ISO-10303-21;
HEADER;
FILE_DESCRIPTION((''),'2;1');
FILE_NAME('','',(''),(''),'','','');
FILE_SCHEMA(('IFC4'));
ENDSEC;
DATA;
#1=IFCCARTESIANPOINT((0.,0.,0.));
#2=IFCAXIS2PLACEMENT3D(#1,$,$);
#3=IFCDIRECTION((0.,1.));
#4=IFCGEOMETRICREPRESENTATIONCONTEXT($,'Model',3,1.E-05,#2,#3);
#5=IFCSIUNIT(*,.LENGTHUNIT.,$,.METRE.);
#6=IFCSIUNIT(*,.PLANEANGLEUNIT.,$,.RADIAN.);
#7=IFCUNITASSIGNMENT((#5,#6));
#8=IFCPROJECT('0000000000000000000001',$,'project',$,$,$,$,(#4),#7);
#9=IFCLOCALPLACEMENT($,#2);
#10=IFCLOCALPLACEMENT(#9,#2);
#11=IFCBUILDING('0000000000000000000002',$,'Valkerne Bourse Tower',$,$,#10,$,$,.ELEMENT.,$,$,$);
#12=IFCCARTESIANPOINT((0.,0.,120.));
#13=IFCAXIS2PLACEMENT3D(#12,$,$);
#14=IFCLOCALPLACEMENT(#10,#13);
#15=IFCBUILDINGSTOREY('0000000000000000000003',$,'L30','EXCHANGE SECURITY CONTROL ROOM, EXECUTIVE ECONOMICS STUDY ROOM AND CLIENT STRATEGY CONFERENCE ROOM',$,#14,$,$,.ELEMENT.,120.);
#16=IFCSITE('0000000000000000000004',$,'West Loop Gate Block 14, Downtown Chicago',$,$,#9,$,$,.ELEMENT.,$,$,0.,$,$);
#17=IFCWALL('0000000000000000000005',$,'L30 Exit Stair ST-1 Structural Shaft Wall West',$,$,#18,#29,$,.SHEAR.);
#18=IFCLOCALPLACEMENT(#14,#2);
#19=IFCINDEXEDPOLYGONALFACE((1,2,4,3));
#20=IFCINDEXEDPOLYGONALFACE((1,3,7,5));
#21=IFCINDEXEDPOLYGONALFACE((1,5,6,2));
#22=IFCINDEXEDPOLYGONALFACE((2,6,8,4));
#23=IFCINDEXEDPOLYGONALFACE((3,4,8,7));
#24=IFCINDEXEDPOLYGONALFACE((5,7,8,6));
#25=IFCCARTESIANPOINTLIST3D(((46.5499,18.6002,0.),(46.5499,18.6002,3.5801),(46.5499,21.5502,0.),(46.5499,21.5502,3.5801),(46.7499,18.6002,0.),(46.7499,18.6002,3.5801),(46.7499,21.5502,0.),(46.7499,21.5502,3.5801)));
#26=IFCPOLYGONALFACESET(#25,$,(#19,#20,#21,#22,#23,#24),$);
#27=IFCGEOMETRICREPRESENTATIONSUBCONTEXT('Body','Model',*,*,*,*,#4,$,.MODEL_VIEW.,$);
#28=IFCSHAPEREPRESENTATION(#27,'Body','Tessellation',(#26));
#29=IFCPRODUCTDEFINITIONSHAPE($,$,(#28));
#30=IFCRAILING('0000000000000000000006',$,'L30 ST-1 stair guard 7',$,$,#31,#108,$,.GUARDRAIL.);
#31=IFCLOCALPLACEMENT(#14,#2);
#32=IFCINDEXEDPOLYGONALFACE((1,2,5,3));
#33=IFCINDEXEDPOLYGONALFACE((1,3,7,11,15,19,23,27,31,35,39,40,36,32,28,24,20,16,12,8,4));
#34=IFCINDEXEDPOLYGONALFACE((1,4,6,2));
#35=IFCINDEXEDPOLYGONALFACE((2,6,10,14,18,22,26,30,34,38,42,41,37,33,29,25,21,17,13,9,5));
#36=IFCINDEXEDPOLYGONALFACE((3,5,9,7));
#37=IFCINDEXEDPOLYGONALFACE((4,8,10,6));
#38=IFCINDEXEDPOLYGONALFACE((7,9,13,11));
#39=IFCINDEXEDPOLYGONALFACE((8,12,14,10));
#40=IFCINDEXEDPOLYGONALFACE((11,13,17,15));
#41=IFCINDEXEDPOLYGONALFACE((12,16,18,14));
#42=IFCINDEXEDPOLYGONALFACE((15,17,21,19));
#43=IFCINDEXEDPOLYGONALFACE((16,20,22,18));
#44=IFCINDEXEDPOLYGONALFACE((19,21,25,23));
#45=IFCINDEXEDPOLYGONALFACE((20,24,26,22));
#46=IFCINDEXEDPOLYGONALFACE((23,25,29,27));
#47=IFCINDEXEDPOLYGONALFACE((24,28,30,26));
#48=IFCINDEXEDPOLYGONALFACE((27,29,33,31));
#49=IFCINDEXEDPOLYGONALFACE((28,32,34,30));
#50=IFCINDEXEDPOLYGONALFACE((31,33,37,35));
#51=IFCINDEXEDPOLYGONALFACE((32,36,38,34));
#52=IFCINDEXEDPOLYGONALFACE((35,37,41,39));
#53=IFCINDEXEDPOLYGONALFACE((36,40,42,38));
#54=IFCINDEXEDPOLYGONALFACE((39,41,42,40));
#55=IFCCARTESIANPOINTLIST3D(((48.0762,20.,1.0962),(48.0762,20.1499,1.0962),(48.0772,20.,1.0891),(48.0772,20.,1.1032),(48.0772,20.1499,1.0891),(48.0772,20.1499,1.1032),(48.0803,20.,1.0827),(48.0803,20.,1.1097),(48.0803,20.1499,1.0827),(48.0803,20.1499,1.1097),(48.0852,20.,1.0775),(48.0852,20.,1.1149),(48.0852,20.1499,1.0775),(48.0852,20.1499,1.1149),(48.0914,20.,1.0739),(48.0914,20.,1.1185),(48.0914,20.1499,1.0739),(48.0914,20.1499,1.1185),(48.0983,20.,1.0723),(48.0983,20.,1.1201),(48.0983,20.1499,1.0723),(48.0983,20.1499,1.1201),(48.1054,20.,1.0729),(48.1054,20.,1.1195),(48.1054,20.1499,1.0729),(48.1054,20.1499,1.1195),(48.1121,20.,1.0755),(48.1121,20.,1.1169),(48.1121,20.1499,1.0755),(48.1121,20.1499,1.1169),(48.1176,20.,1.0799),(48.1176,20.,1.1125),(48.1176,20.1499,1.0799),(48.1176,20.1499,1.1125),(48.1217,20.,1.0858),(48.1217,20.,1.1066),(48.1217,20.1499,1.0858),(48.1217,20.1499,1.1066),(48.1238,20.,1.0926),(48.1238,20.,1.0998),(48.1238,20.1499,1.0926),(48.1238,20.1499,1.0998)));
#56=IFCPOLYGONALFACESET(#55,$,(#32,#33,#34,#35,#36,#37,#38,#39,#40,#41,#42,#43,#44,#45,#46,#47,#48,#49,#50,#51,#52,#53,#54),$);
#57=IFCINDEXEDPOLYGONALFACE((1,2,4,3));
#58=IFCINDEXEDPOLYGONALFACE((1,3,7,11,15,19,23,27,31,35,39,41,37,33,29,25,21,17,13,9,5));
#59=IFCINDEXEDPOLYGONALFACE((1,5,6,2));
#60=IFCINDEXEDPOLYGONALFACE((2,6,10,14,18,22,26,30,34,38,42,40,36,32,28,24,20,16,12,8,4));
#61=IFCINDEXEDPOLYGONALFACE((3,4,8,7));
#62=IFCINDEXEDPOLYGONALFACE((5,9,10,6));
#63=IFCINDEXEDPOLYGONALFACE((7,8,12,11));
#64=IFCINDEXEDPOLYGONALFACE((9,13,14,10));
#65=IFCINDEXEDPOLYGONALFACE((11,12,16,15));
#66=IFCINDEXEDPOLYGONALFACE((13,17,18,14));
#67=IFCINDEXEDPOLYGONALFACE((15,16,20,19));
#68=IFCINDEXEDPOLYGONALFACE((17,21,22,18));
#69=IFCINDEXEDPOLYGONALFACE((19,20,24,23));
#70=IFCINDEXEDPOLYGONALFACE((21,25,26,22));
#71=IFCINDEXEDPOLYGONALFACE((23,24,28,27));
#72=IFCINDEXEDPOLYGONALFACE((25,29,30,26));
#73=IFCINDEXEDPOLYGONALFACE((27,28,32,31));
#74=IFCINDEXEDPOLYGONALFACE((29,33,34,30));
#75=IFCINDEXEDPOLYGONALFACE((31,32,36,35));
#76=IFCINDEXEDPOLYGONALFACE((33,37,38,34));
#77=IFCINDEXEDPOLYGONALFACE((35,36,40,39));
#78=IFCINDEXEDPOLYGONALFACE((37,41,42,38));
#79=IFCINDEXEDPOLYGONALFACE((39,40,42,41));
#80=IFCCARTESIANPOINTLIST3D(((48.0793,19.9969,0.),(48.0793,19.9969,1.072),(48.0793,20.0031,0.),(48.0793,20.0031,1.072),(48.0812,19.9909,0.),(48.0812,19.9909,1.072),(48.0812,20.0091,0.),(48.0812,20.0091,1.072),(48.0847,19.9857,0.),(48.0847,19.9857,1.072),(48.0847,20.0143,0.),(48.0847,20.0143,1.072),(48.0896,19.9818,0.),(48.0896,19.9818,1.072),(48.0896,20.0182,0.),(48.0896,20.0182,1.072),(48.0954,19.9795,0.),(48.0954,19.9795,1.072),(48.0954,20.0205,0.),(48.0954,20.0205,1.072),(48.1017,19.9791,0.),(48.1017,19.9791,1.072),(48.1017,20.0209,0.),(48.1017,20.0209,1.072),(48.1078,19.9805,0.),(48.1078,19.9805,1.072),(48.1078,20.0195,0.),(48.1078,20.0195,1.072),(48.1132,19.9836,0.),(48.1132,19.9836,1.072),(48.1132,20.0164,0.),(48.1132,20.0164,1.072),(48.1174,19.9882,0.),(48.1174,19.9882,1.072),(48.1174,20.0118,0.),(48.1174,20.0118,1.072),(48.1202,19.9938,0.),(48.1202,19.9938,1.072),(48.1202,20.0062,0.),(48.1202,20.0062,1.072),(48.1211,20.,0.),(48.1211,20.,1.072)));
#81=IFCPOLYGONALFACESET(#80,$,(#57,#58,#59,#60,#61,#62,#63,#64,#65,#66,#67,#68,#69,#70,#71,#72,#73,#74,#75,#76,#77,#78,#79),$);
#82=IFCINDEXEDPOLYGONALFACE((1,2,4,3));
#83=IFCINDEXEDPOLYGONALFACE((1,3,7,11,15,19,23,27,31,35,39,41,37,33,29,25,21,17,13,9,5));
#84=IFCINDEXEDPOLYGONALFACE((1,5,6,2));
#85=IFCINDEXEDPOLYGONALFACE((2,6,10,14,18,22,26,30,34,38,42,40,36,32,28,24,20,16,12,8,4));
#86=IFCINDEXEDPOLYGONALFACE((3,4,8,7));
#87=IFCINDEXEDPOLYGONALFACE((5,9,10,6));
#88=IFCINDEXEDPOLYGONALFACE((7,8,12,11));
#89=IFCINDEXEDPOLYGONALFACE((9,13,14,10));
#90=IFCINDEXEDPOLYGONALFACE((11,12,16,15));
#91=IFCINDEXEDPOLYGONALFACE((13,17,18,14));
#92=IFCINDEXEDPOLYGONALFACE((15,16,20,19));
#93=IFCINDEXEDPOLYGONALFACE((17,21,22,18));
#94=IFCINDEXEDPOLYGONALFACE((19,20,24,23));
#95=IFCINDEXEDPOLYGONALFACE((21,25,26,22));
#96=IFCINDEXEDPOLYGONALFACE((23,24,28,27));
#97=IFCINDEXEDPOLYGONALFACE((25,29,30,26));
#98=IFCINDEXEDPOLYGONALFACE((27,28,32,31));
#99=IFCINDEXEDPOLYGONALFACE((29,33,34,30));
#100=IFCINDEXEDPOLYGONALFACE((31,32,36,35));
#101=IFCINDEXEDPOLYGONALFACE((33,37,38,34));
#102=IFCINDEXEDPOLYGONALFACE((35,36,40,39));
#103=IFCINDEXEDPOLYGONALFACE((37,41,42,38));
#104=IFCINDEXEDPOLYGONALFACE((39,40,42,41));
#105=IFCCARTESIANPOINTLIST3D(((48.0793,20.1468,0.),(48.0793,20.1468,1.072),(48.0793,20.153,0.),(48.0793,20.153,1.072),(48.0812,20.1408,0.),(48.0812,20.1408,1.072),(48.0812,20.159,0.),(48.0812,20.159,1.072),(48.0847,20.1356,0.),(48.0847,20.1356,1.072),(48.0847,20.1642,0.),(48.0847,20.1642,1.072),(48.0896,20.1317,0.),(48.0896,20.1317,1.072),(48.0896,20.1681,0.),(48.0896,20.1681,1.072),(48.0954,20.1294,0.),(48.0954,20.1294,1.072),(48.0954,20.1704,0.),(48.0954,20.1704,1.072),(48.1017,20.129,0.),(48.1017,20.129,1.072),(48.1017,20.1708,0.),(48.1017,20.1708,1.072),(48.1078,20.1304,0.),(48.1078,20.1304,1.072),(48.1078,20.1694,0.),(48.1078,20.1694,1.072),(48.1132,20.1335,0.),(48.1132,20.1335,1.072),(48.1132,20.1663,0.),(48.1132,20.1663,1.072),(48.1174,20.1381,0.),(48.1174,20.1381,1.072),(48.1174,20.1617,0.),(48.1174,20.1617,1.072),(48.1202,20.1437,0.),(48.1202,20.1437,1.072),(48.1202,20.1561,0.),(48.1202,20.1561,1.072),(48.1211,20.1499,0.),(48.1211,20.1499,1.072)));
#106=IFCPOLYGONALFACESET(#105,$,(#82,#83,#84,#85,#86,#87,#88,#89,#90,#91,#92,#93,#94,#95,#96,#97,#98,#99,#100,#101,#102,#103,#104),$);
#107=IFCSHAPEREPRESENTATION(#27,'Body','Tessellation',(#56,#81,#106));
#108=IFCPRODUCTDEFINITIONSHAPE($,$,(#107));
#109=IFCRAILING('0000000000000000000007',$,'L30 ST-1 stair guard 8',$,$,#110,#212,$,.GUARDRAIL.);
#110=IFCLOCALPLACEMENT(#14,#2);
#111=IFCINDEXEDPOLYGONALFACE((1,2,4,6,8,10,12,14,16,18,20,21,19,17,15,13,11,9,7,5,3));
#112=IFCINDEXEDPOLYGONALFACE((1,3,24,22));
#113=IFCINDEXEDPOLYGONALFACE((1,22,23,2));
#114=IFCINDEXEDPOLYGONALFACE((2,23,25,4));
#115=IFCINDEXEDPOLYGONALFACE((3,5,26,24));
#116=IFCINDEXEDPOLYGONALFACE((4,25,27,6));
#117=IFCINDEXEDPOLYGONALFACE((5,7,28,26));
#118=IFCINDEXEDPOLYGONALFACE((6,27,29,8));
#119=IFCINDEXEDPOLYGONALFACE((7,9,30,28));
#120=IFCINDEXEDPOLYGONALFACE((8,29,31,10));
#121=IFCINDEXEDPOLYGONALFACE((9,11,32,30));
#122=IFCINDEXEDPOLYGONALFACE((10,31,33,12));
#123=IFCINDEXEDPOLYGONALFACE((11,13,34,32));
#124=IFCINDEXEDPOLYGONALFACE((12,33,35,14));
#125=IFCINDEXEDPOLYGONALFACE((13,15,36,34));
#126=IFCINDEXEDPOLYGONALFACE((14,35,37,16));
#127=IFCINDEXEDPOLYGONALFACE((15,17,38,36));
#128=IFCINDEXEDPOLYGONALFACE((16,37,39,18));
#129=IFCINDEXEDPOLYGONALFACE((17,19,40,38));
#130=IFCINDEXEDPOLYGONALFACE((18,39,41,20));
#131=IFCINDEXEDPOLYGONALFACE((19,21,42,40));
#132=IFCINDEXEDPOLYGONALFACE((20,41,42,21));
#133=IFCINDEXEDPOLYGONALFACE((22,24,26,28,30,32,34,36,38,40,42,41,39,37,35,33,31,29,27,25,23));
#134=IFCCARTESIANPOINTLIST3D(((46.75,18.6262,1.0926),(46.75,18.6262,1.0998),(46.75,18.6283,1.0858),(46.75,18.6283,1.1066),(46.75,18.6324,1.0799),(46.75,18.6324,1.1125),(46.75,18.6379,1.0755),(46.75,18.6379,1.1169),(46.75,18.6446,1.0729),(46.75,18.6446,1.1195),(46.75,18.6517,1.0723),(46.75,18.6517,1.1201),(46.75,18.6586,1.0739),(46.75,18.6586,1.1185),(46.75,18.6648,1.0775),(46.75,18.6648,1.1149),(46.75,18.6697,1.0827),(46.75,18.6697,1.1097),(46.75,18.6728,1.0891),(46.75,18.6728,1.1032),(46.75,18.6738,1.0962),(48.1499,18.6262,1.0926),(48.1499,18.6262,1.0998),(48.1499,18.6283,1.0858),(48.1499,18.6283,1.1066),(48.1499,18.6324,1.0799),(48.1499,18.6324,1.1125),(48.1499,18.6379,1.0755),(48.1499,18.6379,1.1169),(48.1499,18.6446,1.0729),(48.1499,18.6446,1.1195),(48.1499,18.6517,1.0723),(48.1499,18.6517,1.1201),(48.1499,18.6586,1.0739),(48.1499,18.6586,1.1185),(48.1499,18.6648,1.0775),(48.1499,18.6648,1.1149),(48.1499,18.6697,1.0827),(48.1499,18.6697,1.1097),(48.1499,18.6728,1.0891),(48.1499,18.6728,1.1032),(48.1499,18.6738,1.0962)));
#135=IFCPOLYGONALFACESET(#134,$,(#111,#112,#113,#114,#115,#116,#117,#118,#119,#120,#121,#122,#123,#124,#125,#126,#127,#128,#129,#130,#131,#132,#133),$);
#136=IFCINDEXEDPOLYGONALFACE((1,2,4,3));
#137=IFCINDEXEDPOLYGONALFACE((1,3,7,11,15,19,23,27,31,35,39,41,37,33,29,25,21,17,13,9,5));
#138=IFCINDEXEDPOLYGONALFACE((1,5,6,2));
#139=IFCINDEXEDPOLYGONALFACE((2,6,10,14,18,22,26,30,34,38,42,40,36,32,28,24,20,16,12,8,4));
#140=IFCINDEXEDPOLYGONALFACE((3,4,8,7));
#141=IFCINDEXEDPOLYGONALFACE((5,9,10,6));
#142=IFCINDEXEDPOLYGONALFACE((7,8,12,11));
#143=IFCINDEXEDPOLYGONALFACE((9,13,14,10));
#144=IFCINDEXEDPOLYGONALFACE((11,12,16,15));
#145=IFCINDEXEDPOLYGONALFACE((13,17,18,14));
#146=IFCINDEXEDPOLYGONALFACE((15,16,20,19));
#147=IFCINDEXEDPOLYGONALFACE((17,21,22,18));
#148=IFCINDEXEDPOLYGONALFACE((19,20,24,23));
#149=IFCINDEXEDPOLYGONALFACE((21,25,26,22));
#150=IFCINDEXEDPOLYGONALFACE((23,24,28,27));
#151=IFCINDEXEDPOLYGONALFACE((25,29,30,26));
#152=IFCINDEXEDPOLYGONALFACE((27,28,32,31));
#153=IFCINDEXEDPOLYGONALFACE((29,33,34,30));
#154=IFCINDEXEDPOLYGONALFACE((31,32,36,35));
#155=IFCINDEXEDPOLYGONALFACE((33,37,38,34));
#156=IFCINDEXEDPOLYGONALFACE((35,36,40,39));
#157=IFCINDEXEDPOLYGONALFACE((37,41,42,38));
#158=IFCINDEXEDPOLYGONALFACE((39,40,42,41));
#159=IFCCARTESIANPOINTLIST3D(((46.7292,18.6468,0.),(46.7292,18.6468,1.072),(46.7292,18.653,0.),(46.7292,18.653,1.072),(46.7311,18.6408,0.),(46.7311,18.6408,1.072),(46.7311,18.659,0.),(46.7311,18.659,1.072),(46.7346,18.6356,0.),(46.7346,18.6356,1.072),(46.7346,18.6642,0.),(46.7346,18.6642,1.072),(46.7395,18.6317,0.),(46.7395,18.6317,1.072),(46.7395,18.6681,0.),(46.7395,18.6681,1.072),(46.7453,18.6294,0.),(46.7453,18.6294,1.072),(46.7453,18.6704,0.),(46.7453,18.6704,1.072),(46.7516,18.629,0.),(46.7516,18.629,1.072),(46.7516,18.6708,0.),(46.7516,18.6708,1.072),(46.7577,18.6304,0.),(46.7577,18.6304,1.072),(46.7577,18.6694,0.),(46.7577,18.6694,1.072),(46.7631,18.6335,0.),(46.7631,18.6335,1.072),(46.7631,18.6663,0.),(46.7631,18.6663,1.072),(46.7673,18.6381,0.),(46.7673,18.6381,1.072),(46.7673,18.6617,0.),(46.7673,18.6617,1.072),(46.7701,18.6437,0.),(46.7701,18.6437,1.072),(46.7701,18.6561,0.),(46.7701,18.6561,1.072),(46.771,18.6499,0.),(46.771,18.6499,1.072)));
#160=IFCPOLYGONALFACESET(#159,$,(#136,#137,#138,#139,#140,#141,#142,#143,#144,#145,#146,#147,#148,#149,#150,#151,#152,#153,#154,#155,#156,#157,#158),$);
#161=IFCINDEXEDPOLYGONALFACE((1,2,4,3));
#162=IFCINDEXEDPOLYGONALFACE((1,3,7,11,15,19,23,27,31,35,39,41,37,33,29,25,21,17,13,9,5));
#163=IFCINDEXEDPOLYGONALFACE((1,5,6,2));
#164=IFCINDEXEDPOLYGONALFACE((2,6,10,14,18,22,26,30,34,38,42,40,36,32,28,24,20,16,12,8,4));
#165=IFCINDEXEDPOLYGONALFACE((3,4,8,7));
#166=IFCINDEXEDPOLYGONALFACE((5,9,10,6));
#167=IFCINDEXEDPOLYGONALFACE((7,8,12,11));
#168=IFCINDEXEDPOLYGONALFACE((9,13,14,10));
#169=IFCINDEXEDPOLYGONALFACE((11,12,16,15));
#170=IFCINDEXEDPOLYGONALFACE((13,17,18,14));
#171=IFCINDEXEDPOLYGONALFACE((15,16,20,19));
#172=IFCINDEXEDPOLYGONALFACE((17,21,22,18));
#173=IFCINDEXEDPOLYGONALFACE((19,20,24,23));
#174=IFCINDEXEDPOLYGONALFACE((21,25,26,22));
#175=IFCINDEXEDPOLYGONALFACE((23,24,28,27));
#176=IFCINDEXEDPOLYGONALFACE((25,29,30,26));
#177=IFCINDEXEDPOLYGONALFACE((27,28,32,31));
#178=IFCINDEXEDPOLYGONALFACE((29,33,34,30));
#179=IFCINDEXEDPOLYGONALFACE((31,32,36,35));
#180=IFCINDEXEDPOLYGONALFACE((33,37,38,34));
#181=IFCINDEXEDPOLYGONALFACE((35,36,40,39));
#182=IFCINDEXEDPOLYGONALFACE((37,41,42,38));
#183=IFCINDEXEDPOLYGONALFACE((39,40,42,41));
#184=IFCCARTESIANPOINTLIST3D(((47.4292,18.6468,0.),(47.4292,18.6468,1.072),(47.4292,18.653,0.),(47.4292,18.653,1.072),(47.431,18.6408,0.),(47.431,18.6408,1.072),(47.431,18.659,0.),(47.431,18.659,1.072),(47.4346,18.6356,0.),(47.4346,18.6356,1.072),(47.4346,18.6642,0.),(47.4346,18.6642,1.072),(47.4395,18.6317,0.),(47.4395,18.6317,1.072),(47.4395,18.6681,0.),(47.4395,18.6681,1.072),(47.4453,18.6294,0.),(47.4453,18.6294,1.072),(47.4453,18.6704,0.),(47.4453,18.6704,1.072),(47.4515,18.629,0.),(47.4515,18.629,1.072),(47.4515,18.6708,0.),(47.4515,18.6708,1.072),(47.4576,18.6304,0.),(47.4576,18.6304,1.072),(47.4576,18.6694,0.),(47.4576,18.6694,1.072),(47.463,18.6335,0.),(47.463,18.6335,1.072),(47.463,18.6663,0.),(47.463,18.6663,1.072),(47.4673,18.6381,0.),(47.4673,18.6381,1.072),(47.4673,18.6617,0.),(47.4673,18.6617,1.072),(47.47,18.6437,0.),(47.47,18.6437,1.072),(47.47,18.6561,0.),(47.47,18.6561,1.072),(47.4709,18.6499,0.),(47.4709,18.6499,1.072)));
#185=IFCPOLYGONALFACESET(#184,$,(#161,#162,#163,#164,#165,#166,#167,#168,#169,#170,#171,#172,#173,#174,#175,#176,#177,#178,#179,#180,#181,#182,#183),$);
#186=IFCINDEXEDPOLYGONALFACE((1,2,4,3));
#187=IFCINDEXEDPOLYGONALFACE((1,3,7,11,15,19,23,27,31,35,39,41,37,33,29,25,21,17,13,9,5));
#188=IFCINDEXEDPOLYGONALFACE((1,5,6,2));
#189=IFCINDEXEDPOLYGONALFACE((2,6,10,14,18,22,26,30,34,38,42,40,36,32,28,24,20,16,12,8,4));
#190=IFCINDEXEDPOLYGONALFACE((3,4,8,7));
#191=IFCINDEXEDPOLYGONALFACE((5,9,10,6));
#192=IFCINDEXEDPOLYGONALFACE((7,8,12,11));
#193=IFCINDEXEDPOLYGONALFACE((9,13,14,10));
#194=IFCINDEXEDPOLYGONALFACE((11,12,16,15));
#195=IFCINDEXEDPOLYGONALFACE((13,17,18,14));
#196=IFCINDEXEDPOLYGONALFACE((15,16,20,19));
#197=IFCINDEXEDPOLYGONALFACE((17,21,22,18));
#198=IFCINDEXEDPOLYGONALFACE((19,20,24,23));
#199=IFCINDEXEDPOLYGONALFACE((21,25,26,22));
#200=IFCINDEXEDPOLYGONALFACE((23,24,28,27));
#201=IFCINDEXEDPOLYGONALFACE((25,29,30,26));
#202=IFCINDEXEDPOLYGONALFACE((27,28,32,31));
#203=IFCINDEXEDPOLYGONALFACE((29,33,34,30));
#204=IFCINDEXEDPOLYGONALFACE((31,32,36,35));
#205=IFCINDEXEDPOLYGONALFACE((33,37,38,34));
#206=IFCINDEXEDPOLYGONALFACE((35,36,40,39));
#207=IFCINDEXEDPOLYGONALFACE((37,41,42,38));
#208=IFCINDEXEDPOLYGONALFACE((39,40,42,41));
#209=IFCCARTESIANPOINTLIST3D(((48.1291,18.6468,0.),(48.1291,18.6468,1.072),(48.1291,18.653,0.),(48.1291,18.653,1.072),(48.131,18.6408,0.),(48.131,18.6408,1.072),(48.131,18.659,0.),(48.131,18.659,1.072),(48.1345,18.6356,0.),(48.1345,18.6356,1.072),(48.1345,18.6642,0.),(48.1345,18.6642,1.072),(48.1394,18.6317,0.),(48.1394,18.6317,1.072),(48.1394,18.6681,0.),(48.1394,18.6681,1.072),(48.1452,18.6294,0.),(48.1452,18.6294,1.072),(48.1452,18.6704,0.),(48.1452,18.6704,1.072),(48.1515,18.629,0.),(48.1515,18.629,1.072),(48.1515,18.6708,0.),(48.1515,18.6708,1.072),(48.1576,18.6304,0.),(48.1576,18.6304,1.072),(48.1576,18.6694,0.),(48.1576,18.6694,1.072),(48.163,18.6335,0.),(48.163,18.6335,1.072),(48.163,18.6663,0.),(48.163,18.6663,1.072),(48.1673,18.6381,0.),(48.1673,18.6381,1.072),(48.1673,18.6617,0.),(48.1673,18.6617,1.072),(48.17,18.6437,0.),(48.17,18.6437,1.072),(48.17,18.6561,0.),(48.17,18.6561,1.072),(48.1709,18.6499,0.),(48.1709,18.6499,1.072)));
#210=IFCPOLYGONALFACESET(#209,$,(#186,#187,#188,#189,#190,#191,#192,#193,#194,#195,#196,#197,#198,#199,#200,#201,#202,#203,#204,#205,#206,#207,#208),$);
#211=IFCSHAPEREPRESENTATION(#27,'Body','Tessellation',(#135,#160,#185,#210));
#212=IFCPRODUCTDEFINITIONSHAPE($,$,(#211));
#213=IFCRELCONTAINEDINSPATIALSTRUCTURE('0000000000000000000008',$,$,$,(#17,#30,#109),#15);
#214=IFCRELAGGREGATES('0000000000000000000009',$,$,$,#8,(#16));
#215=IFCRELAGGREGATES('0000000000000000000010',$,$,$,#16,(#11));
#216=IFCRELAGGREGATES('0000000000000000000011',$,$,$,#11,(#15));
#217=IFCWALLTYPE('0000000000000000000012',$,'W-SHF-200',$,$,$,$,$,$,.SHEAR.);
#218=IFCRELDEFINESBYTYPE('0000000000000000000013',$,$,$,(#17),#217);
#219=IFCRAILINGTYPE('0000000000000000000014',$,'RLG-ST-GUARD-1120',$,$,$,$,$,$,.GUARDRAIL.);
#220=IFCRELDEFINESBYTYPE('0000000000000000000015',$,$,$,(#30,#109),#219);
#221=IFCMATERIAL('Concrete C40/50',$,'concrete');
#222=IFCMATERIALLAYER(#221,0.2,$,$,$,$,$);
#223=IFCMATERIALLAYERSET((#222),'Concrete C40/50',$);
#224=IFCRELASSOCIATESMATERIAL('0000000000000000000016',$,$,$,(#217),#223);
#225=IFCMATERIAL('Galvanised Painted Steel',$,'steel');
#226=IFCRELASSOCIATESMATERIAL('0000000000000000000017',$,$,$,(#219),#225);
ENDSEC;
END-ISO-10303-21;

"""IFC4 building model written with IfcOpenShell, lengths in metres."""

from ifc_helpers import new_model, si_unit, direction, frame, frame_2d, origin, origin_2d, place, context, subcontext, project, spatial, rectangle, circle, extrude, material, layer, layer_set, type_object, element, save


model = new_model("IFC4")

# Units and contexts
model_context = context("Model", 3, precision=1e-05, world=origin(), true_north=direction((0.0, 1.0)))
body_context = subcontext(model_context, "Body", "Model", "MODEL_VIEW")
ifc_project = project(units=[si_unit("LENGTHUNIT", "METRE"), si_unit("PLANEANGLEUNIT", "RADIAN")], contexts=[model_context])

# Site, building, storey
site_placement = place(None, origin())
site = spatial("IfcSite", under=ifc_project, at=site_placement, Name="West Loop Gate Block 14, Downtown Chicago", CompositionType="ELEMENT", RefElevation=0.0)
building_placement = place(site_placement, origin())
building = spatial("IfcBuilding", under=site, at=building_placement, Name="Valkerne Bourse Tower", CompositionType="ELEMENT")
storey_placement = place(building_placement, frame((0.0, 0.0, 120.0)))
storey = spatial("IfcBuildingStorey", under=building, at=storey_placement, Name="L30", Description="EXCHANGE SECURITY CONTROL ROOM, EXECUTIVE ECONOMICS STUDY ROOM AND CLIENT STRATEGY CONFERENCE ROOM", CompositionType="ELEMENT", Elevation=120.0)

# Shared definitions
ifc_material_1 = material(Name="Galvanised Painted Steel", Category="steel")

# Shared definitions
ifc_material_2 = material(Name="Concrete C40/50", Category="concrete")
ifc_layer_1 = layer(ifc_material_2, 0.2)
ifc_layer_set_1 = layer_set([ifc_layer_1], Name="Concrete C40/50")
wall_type_1 = type_object("IfcWallType", Name="W-SHF-200", PredefinedType="SHEAR", material=ifc_layer_set_1)

# Wall
wall_1_placement = place(storey_placement, frame((46.6499, 18.6001, 0.0), z_axis=(0.0, 0.0, 1.0), x_axis=(0.0, 1.0, 0.0)))
element("IfcWall", 1, at=wall_1_placement, inside=storey, type_object=wall_type_1, Name="L30 Exit Stair ST-1 Structural Shaft Wall West", PredefinedType="SHEAR", context=body_context, shape_type="SweptSolid", body=[
    extrude(rectangle(XDim=2.95, YDim=0.2, at=frame_2d((1.4751, 0.0))), origin(), (0.0, 0.0, 1.0), 3.5801),
])

# Railings
railing_type_1 = type_object("IfcRailingType", Name="RLG-ST-GUARD-1120", PredefinedType="GUARDRAIL", material=ifc_material_1)
railing_1_placement = place(storey_placement, frame((48.1001, 20.0, 0.0)))
element("IfcRailing", 2, at=railing_1_placement, inside=storey, type_object=railing_type_1, Name="L30 ST-1 stair guard 7", PredefinedType="GUARDRAIL", context=body_context, shape_type="SweptSolid", body=[
    extrude(circle(Radius=0.0239, at=origin_2d()), frame((0.0, 0.0, 1.0962), z_axis=(0.0, 1.0, 0.0), x_axis=(-1.0, 0.0, 0.0)), (0.0, 0.0, 1.0), 0.1499),
    extrude(circle(Radius=0.021, at=origin_2d()), origin(), (0.0, 0.0, 1.0), 1.072),
    extrude(circle(Radius=0.021, at=origin_2d()), frame((0.0, 0.1499, 0.0)), (0.0, 0.0, 1.0), 1.072),
])
for number, where, name in (
    (3, (46.75, 18.6499, 0.0), "L30 ST-1 stair guard 8"),
):
    element("IfcRailing", number, at=place(storey_placement, frame(where)), inside=storey, type_object=railing_type_1, Name=name, PredefinedType="GUARDRAIL", context=body_context, shape_type="SweptSolid", body=[
        extrude(circle(Radius=0.0239, at=origin_2d()), frame((0.0, 0.0, 1.0962), z_axis=(1.0, 0.0, 0.0), x_axis=(0.0, 1.0, 0.0)), (0.0, 0.0, 1.0), 1.3999),
        extrude(circle(Radius=0.021, at=origin_2d()), origin(), (0.0, 0.0, 1.0), 1.072),
        extrude(circle(Radius=0.021, at=origin_2d()), frame((0.7, 0.0, 0.0)), (0.0, 0.0, 1.0), 1.072),
        extrude(circle(Radius=0.021, at=origin_2d()), frame((1.3999, 0.0, 0.0)), (0.0, 0.0, 1.0), 1.072),
    ])

save(model, "model.ifc")
